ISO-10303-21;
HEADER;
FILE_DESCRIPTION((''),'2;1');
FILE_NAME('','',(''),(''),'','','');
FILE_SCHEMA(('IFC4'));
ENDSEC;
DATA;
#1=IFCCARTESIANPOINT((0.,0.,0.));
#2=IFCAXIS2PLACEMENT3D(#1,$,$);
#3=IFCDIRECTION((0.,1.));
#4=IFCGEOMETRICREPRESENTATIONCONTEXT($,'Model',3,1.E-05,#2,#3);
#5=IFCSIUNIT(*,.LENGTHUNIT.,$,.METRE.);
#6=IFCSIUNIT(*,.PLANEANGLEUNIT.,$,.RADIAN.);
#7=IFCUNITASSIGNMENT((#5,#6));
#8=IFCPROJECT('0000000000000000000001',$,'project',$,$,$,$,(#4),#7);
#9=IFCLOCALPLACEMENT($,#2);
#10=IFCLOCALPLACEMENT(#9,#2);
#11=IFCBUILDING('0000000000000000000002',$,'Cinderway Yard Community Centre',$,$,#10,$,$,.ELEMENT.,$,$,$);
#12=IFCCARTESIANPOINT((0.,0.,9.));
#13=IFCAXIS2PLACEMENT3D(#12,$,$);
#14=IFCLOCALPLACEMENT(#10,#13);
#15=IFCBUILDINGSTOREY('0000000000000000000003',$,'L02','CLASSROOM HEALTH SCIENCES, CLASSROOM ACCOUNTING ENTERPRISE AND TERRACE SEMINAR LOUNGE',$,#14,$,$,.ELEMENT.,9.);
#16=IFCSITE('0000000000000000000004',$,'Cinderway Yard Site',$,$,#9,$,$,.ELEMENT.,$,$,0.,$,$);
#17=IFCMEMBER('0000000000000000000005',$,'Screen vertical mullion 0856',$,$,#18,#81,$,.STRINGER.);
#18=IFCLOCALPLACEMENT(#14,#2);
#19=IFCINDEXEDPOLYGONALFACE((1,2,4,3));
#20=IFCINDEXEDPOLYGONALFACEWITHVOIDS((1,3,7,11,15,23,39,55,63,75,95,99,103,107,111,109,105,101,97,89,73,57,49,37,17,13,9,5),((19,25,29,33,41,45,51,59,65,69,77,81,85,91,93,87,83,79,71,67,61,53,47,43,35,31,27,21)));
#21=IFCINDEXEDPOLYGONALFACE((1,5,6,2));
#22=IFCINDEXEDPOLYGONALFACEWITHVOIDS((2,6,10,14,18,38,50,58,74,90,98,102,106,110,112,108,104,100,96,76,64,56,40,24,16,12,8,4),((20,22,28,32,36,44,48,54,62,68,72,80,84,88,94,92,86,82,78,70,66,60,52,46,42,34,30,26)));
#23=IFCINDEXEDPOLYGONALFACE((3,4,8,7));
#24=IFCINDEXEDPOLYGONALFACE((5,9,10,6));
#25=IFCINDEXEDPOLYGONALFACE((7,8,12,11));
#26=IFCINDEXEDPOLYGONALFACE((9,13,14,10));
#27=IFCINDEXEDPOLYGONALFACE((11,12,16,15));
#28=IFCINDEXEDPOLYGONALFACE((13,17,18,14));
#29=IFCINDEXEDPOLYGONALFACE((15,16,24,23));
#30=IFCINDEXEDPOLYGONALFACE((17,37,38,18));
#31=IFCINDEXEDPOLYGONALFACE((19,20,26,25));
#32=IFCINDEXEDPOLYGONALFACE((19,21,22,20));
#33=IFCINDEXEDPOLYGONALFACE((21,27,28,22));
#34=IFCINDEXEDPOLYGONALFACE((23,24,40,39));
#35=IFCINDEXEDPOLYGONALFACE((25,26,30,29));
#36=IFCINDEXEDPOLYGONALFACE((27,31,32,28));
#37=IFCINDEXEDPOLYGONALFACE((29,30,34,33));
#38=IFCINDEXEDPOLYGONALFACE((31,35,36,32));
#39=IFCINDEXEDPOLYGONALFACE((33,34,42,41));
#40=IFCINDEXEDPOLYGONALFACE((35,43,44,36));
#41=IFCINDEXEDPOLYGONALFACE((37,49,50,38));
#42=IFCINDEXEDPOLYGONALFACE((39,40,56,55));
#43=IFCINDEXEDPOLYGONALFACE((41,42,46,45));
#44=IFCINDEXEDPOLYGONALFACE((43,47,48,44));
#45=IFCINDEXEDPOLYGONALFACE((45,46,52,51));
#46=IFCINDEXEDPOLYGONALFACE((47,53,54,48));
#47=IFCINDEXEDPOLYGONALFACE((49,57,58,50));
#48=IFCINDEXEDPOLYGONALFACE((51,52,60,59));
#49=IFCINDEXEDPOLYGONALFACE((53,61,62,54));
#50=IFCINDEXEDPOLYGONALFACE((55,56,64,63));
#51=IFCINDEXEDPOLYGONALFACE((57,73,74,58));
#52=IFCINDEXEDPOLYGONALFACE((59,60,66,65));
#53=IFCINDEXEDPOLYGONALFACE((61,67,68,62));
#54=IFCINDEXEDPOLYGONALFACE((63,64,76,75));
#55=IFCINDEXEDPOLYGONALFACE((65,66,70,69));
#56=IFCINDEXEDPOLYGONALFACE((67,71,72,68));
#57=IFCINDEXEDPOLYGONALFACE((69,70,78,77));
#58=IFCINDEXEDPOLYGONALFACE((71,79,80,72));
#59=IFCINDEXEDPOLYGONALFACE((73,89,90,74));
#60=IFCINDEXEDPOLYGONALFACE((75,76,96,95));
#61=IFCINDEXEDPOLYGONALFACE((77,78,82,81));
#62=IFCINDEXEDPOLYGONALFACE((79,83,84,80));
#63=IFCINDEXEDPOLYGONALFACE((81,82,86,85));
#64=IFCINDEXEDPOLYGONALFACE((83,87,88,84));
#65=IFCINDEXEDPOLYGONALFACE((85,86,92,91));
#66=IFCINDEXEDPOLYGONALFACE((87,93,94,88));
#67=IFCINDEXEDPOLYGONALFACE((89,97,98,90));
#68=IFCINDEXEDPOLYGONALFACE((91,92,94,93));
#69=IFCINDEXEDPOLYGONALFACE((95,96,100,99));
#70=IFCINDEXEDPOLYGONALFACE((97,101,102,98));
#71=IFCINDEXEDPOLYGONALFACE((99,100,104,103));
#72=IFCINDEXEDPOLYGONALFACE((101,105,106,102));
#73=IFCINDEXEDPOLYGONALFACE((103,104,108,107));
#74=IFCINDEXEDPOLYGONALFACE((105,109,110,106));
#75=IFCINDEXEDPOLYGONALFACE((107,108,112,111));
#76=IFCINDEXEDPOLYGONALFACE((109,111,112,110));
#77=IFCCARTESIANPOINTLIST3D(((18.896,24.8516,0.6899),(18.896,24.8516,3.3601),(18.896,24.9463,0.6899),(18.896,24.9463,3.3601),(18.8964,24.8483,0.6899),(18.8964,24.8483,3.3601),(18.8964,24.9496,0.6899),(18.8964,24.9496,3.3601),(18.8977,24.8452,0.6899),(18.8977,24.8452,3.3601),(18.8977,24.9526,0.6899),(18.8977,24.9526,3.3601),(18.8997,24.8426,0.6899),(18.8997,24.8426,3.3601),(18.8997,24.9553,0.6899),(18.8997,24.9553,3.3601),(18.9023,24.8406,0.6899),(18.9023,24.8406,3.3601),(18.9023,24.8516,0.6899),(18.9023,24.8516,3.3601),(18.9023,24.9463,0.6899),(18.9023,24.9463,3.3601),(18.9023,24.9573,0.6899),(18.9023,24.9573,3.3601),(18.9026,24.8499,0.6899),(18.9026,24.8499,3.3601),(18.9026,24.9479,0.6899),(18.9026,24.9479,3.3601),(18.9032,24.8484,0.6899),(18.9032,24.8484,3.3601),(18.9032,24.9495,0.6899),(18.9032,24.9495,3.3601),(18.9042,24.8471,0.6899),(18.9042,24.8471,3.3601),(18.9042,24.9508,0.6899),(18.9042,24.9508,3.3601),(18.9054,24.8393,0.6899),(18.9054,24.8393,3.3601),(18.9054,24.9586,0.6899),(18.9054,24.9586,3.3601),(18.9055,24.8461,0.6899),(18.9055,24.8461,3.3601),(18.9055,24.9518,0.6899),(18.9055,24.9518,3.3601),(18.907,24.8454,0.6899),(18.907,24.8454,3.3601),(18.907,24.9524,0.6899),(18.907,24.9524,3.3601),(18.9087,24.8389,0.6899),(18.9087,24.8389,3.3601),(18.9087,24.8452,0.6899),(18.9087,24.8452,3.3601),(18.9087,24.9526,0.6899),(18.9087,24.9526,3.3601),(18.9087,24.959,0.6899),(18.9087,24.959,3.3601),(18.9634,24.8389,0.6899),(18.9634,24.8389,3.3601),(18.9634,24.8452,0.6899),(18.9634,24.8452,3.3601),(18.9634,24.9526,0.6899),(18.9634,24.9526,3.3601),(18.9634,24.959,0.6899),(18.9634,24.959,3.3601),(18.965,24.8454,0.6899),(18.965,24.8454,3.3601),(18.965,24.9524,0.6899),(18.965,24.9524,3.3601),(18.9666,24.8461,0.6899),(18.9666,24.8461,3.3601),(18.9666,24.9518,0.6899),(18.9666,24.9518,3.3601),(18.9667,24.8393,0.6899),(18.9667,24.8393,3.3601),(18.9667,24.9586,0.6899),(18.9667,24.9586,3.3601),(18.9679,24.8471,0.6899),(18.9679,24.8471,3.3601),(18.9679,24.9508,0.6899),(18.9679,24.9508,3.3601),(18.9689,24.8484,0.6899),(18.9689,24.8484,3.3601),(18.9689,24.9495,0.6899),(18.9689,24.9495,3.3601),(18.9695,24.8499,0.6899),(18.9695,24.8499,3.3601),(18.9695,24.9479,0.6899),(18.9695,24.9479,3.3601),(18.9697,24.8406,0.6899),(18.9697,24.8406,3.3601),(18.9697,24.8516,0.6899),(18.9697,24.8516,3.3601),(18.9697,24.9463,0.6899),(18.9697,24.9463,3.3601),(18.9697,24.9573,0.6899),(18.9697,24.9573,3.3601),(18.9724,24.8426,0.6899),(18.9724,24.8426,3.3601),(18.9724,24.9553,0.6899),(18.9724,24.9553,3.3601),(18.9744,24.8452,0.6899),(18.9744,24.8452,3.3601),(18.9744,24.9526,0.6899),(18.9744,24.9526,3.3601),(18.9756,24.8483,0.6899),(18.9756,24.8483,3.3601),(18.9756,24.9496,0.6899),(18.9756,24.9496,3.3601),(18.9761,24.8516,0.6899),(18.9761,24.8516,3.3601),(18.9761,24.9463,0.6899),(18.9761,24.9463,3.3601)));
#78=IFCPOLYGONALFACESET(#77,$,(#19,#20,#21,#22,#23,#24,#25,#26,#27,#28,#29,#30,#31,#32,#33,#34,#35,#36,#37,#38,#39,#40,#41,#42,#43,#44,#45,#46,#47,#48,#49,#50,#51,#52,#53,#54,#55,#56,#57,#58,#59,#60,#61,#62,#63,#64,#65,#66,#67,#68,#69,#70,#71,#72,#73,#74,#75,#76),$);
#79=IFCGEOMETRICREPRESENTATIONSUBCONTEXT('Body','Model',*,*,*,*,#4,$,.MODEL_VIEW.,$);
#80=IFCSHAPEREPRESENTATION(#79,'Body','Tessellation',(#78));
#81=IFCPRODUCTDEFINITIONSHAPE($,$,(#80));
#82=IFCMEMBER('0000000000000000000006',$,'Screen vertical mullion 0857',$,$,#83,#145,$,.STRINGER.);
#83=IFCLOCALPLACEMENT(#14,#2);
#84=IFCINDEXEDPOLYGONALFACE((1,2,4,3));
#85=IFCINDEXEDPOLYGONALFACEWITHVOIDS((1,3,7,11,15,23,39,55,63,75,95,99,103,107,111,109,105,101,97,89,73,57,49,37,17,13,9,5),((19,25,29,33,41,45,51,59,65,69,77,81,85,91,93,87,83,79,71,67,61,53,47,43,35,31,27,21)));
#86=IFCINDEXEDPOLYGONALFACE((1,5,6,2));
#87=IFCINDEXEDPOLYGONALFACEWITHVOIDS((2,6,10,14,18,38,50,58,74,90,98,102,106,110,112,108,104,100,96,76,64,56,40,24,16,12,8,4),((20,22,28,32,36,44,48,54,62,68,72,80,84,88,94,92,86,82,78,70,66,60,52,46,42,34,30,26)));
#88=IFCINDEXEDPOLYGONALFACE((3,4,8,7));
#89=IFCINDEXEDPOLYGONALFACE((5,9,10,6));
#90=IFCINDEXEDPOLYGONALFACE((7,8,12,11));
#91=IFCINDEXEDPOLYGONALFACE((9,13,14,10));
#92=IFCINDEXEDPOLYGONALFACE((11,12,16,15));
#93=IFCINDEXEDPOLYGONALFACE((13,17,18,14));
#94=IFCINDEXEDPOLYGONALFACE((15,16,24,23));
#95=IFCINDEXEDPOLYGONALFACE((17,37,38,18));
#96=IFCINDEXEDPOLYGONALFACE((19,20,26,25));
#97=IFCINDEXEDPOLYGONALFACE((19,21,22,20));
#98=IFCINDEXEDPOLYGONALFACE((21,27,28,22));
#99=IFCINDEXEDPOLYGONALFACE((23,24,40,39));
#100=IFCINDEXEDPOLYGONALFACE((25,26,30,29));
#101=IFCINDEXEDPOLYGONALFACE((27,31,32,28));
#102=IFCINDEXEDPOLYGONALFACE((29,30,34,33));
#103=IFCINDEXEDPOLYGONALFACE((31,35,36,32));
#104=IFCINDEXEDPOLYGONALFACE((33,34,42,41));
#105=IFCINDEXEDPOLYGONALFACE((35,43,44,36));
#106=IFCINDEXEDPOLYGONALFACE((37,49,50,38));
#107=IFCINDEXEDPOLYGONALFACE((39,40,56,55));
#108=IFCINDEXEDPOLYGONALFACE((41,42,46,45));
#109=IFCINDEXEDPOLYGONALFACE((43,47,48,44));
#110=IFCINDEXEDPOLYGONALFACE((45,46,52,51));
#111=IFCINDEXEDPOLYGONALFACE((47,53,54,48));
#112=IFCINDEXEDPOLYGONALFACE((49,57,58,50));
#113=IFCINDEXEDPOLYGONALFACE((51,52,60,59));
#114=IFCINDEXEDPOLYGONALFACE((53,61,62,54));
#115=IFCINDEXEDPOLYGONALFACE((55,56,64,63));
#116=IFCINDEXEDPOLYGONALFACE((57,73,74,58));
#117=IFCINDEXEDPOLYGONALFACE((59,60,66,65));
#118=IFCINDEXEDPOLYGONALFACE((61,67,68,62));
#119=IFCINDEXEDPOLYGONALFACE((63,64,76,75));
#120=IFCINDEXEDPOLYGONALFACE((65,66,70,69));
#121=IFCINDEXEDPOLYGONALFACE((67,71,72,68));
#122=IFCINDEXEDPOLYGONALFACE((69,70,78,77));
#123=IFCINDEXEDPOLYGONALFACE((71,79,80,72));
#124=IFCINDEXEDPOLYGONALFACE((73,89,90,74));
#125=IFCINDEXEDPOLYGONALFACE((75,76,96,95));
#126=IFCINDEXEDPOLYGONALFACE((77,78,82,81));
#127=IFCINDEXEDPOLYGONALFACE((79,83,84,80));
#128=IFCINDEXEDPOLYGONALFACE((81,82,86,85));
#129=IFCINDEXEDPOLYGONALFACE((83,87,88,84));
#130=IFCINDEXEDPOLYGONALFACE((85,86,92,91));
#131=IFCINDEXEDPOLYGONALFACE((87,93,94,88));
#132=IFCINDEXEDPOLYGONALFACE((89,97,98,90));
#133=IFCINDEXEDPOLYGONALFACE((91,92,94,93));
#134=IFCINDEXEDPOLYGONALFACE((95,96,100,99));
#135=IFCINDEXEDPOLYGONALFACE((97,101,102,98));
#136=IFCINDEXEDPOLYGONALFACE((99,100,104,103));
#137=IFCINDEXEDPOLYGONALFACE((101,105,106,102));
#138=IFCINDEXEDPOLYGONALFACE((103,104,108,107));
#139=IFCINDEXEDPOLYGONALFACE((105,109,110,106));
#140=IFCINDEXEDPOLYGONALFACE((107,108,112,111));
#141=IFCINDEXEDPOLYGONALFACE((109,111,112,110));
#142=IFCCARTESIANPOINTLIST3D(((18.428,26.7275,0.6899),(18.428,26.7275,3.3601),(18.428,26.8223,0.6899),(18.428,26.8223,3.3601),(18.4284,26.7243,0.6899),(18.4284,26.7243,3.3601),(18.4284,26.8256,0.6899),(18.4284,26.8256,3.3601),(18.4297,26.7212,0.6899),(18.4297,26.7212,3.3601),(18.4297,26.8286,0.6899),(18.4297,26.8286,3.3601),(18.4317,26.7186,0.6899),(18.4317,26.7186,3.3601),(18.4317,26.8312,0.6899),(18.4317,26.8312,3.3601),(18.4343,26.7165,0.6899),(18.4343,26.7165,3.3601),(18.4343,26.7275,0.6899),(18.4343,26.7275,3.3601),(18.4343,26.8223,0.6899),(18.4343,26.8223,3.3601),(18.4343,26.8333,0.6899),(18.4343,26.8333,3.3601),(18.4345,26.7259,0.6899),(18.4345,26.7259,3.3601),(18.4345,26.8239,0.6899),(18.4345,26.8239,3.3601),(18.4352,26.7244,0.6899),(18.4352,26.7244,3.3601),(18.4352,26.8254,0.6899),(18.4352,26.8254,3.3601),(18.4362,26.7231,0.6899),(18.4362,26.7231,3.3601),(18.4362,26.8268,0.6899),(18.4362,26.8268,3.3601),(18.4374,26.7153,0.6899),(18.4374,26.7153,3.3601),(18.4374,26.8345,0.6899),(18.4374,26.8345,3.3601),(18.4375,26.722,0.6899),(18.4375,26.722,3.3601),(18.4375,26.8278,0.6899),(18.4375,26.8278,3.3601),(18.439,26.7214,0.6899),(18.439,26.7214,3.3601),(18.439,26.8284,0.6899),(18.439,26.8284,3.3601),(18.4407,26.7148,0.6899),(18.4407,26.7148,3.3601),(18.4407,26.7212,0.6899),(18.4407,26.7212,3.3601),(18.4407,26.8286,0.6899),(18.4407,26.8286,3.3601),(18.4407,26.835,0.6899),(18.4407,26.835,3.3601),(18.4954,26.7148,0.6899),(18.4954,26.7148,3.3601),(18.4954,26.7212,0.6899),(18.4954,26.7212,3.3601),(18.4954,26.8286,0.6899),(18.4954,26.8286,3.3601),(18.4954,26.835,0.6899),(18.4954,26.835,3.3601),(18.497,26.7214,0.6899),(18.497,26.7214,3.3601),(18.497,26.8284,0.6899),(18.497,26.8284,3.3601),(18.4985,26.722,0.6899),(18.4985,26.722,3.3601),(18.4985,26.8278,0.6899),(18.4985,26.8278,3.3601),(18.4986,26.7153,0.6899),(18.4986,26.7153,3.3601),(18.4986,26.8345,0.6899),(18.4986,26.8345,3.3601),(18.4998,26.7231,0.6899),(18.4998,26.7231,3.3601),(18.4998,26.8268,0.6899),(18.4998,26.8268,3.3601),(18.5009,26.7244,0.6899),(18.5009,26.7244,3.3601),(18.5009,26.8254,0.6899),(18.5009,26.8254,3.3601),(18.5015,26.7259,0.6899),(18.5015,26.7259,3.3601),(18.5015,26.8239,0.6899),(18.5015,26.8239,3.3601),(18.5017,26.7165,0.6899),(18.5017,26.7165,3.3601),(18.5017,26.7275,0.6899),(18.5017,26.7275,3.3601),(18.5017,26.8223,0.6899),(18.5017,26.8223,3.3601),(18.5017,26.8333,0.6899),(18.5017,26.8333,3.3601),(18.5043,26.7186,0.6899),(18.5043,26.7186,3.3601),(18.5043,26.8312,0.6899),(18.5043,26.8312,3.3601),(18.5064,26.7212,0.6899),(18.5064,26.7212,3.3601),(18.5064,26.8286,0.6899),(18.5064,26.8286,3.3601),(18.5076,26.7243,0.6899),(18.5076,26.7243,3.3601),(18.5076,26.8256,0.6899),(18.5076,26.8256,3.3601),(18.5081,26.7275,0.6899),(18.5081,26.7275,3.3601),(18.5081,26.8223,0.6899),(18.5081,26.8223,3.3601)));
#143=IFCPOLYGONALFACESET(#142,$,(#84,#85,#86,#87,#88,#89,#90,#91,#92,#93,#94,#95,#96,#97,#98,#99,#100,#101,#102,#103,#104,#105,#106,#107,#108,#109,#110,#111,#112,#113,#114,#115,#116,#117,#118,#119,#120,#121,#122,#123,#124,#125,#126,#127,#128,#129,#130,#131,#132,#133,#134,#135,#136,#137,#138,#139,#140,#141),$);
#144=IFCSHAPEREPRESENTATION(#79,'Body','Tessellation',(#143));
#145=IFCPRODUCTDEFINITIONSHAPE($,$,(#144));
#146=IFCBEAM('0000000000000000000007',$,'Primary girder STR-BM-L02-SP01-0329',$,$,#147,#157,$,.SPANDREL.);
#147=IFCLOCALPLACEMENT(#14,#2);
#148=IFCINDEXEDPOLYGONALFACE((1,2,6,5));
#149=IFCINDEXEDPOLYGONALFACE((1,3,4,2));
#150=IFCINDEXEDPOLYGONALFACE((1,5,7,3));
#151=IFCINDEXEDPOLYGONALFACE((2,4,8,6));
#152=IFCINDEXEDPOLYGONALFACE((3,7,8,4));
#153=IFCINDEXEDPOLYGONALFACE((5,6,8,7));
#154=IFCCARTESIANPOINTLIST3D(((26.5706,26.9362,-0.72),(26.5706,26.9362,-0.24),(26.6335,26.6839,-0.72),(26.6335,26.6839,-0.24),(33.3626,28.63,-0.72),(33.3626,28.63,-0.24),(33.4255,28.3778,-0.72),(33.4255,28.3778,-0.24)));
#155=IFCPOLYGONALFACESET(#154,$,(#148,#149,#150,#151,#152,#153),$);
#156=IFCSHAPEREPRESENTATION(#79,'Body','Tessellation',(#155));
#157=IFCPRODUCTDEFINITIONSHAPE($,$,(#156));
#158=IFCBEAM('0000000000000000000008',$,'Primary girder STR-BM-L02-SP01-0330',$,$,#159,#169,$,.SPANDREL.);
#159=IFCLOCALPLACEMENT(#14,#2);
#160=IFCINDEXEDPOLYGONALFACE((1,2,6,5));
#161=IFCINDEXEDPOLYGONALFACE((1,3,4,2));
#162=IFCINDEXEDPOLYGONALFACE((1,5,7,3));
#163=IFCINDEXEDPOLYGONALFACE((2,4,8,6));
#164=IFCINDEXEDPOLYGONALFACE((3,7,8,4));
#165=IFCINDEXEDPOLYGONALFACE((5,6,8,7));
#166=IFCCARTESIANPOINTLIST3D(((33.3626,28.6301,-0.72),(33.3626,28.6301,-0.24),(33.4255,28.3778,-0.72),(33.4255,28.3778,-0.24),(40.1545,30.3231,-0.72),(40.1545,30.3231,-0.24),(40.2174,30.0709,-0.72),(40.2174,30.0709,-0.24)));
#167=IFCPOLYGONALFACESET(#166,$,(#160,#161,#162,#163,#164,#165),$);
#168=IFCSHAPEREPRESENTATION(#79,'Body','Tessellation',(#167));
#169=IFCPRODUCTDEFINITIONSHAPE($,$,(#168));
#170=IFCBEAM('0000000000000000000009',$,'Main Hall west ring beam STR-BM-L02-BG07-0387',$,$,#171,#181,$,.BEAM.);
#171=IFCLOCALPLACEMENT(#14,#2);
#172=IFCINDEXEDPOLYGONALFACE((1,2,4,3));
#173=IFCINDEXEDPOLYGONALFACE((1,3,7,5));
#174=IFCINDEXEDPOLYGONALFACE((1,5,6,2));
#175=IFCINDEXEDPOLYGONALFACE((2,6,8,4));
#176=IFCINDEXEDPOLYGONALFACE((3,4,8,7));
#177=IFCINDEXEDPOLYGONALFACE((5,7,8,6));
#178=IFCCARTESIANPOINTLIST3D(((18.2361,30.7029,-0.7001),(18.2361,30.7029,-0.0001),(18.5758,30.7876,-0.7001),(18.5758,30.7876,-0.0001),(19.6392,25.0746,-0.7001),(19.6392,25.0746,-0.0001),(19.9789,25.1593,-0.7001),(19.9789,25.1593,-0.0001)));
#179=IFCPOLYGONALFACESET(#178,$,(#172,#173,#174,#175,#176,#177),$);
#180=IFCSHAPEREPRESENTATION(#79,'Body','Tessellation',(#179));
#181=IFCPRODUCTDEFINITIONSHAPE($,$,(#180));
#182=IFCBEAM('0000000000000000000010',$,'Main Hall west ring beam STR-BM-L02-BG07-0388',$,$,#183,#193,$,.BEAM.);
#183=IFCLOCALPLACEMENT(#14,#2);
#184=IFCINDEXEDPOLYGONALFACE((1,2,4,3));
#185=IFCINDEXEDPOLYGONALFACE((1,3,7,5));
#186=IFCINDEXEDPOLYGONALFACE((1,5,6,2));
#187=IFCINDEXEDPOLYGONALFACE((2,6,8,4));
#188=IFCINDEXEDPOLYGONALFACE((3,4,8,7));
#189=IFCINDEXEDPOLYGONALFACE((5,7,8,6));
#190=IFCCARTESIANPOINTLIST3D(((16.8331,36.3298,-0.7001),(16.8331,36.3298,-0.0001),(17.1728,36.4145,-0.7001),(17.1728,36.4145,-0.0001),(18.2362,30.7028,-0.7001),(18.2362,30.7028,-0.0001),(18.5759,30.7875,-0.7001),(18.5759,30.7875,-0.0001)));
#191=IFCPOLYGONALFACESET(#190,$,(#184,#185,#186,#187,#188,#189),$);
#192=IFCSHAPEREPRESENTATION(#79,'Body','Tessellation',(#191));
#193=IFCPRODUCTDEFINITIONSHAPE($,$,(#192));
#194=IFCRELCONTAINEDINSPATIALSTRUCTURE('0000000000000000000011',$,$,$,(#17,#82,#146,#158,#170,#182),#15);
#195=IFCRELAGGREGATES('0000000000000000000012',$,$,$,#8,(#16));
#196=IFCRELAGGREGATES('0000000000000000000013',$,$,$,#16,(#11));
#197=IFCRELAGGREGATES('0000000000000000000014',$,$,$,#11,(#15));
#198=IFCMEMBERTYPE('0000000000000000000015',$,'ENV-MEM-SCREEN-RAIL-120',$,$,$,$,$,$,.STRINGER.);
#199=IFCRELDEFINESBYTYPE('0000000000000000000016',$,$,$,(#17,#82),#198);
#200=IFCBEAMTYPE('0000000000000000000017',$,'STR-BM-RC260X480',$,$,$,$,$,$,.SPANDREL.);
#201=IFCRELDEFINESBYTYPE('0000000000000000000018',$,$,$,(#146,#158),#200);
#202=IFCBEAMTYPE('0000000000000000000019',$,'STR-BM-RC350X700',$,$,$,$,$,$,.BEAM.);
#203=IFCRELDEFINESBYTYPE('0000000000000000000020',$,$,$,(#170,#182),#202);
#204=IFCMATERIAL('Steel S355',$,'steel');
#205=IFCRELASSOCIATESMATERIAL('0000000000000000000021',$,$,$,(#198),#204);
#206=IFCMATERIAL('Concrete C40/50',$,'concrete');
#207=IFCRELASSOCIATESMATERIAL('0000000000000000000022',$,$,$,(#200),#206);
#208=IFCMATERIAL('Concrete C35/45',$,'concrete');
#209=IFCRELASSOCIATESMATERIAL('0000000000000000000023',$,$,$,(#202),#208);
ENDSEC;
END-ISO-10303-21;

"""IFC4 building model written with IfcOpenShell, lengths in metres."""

from ifc_helpers import new_model, si_unit, direction, frame, origin, origin_2d, place, context, subcontext, project, spatial, rectangle, hollow_rectangle, extrude, material, material_profile, profile_set, type_object, element, save


model = new_model("IFC4")

# Units and contexts
model_context = context("Model", 3, precision=1e-05, world=origin(), true_north=direction((0.0, 1.0)))
body_context = subcontext(model_context, "Body", "Model", "MODEL_VIEW")
ifc_project = project(units=[si_unit("LENGTHUNIT", "METRE"), si_unit("PLANEANGLEUNIT", "RADIAN")], contexts=[model_context])

# Site, building, storey
site_placement = place(None, origin())
site = spatial("IfcSite", under=ifc_project, at=site_placement, Name="Cinderway Yard Site", CompositionType="ELEMENT", RefElevation=0.0)
building_placement = place(site_placement, origin())
building = spatial("IfcBuilding", under=site, at=building_placement, Name="Cinderway Yard Community Centre", CompositionType="ELEMENT")
storey_placement = place(building_placement, frame((0.0, 0.0, 9.0)))
storey = spatial("IfcBuildingStorey", under=building, at=storey_placement, Name="L02", Description="CLASSROOM HEALTH SCIENCES, CLASSROOM ACCOUNTING ENTERPRISE AND TERRACE SEMINAR LOUNGE", CompositionType="ELEMENT", Elevation=9.0)

# Shared definitions
ifc_material_1 = material(Name="Concrete C40/50", Category="concrete")

# Members
ifc_material_2 = material(Name="Steel S355", Category="steel")
ifc_material_profile_1 = material_profile(ifc_material_2, hollow_rectangle(XDim=0.0801, YDim=0.1201, WallThickness=0.0063, InnerFilletRadius=0.0063, OuterFilletRadius=0.0127, at=origin_2d()), Name="Steel S355")
ifc_profile_set_1 = profile_set([ifc_material_profile_1], Name="Steel S355")
member_type_1 = type_object("IfcMemberType", Name="ENV-MEM-SCREEN-RAIL-120", PredefinedType="STRINGER", material=ifc_profile_set_1)
for number, where, z_axis, x_axis, name in (
    (1, (18.936, 24.8989, 0.6899), (0.0, 0.0, 1.0), (1.0, 0.0, 0.0), "Screen vertical mullion 0856"),
    (2, (18.468, 26.7749, 0.6899), (0.0, 0.0, 1.0), (1.0, 0.0, 0.0), "Screen vertical mullion 0857"),
):
    element("IfcMember", number, at=place(storey_placement, frame(where, z_axis=z_axis, x_axis=x_axis)), inside=storey, type_object=member_type_1, Name=name, PredefinedType="STRINGER", context=body_context, shape_type="SweptSolid", body=[
        extrude(hollow_rectangle(XDim=0.0801, YDim=0.1201, WallThickness=0.0063, InnerFilletRadius=0.0063, OuterFilletRadius=0.0127, at=origin_2d()), origin(), (0.0, 0.0, 1.0), 2.6702),
    ])

# Beams
ifc_material_profile_2 = material_profile(ifc_material_1, rectangle(XDim=0.26, YDim=0.48, at=origin_2d()), Name="Concrete C40/50")
ifc_profile_set_2 = profile_set([ifc_material_profile_2], Name="Concrete C40/50")
beam_type_1 = type_object("IfcBeamType", Name="STR-BM-RC260X480", PredefinedType="SPANDREL", material=ifc_profile_set_2)
beam_1_placement = place(storey_placement, frame((26.6021, 26.8101, -0.48), z_axis=(0.970282, 0.241978, 0.0), x_axis=(-0.241978, 0.970282, 0.0)))
element("IfcBeam", 3, at=beam_1_placement, inside=storey, type_object=beam_type_1, Name="Primary girder STR-BM-L02-SP01-0329", PredefinedType="SPANDREL", context=body_context, shape_type="SweptSolid", body=[
    extrude(rectangle(XDim=0.26, YDim=0.48, at=origin_2d()), origin(), (0.0, 0.0, 1.0), 7.0),
])
beam_2_placement = place(storey_placement, frame((33.394, 28.5039, -0.48), z_axis=(0.970306, 0.241879, 0.0), x_axis=(-0.241879, 0.970306, 0.0)))
element("IfcBeam", 4, at=beam_2_placement, inside=storey, type_object=beam_type_1, Name="Primary girder STR-BM-L02-SP01-0330", PredefinedType="SPANDREL", context=body_context, shape_type="SweptSolid", body=[
    extrude(rectangle(XDim=0.26, YDim=0.48, at=origin_2d()), origin(), (0.0, 0.0, 1.0), 6.9998),
])
ifc_material_3 = material(Name="Concrete C35/45", Category="concrete")
ifc_material_profile_3 = material_profile(ifc_material_3, rectangle(XDim=0.3501, YDim=0.7, at=origin_2d()), Name="Concrete C35/45")
ifc_profile_set_3 = profile_set([ifc_material_profile_3], Name="Concrete C35/45")
beam_type_2 = type_object("IfcBeamType", Name="STR-BM-RC350X700", PredefinedType="BEAM", material=ifc_profile_set_3)
beam_3_placement = place(storey_placement, frame((19.8091, 25.1169, -0.3501), z_axis=(-0.241892, 0.970303, 0.0), x_axis=(-0.970303, -0.241892, 0.0)))
element("IfcBeam", 5, at=beam_3_placement, inside=storey, type_object=beam_type_2, Name="Main Hall west ring beam STR-BM-L02-BG07-0387", PredefinedType="BEAM", context=body_context, shape_type="SweptSolid", body=[
    extrude(rectangle(XDim=0.3501, YDim=0.7, at=origin_2d()), origin(), (0.0, 0.0, 1.0), 5.8005),
])
beam_4_placement = place(storey_placement, frame((18.406, 30.7451, -0.3501), z_axis=(-0.241941, 0.970291, 0.0), x_axis=(-0.970291, -0.241941, 0.0)))
element("IfcBeam", 6, at=beam_4_placement, inside=storey, type_object=beam_type_2, Name="Main Hall west ring beam STR-BM-L02-BG07-0388", PredefinedType="BEAM", context=body_context, shape_type="SweptSolid", body=[
    extrude(rectangle(XDim=0.3501, YDim=0.7, at=origin_2d()), origin(), (0.0, 0.0, 1.0), 5.7993),
])

save(model, "model.ifc")
